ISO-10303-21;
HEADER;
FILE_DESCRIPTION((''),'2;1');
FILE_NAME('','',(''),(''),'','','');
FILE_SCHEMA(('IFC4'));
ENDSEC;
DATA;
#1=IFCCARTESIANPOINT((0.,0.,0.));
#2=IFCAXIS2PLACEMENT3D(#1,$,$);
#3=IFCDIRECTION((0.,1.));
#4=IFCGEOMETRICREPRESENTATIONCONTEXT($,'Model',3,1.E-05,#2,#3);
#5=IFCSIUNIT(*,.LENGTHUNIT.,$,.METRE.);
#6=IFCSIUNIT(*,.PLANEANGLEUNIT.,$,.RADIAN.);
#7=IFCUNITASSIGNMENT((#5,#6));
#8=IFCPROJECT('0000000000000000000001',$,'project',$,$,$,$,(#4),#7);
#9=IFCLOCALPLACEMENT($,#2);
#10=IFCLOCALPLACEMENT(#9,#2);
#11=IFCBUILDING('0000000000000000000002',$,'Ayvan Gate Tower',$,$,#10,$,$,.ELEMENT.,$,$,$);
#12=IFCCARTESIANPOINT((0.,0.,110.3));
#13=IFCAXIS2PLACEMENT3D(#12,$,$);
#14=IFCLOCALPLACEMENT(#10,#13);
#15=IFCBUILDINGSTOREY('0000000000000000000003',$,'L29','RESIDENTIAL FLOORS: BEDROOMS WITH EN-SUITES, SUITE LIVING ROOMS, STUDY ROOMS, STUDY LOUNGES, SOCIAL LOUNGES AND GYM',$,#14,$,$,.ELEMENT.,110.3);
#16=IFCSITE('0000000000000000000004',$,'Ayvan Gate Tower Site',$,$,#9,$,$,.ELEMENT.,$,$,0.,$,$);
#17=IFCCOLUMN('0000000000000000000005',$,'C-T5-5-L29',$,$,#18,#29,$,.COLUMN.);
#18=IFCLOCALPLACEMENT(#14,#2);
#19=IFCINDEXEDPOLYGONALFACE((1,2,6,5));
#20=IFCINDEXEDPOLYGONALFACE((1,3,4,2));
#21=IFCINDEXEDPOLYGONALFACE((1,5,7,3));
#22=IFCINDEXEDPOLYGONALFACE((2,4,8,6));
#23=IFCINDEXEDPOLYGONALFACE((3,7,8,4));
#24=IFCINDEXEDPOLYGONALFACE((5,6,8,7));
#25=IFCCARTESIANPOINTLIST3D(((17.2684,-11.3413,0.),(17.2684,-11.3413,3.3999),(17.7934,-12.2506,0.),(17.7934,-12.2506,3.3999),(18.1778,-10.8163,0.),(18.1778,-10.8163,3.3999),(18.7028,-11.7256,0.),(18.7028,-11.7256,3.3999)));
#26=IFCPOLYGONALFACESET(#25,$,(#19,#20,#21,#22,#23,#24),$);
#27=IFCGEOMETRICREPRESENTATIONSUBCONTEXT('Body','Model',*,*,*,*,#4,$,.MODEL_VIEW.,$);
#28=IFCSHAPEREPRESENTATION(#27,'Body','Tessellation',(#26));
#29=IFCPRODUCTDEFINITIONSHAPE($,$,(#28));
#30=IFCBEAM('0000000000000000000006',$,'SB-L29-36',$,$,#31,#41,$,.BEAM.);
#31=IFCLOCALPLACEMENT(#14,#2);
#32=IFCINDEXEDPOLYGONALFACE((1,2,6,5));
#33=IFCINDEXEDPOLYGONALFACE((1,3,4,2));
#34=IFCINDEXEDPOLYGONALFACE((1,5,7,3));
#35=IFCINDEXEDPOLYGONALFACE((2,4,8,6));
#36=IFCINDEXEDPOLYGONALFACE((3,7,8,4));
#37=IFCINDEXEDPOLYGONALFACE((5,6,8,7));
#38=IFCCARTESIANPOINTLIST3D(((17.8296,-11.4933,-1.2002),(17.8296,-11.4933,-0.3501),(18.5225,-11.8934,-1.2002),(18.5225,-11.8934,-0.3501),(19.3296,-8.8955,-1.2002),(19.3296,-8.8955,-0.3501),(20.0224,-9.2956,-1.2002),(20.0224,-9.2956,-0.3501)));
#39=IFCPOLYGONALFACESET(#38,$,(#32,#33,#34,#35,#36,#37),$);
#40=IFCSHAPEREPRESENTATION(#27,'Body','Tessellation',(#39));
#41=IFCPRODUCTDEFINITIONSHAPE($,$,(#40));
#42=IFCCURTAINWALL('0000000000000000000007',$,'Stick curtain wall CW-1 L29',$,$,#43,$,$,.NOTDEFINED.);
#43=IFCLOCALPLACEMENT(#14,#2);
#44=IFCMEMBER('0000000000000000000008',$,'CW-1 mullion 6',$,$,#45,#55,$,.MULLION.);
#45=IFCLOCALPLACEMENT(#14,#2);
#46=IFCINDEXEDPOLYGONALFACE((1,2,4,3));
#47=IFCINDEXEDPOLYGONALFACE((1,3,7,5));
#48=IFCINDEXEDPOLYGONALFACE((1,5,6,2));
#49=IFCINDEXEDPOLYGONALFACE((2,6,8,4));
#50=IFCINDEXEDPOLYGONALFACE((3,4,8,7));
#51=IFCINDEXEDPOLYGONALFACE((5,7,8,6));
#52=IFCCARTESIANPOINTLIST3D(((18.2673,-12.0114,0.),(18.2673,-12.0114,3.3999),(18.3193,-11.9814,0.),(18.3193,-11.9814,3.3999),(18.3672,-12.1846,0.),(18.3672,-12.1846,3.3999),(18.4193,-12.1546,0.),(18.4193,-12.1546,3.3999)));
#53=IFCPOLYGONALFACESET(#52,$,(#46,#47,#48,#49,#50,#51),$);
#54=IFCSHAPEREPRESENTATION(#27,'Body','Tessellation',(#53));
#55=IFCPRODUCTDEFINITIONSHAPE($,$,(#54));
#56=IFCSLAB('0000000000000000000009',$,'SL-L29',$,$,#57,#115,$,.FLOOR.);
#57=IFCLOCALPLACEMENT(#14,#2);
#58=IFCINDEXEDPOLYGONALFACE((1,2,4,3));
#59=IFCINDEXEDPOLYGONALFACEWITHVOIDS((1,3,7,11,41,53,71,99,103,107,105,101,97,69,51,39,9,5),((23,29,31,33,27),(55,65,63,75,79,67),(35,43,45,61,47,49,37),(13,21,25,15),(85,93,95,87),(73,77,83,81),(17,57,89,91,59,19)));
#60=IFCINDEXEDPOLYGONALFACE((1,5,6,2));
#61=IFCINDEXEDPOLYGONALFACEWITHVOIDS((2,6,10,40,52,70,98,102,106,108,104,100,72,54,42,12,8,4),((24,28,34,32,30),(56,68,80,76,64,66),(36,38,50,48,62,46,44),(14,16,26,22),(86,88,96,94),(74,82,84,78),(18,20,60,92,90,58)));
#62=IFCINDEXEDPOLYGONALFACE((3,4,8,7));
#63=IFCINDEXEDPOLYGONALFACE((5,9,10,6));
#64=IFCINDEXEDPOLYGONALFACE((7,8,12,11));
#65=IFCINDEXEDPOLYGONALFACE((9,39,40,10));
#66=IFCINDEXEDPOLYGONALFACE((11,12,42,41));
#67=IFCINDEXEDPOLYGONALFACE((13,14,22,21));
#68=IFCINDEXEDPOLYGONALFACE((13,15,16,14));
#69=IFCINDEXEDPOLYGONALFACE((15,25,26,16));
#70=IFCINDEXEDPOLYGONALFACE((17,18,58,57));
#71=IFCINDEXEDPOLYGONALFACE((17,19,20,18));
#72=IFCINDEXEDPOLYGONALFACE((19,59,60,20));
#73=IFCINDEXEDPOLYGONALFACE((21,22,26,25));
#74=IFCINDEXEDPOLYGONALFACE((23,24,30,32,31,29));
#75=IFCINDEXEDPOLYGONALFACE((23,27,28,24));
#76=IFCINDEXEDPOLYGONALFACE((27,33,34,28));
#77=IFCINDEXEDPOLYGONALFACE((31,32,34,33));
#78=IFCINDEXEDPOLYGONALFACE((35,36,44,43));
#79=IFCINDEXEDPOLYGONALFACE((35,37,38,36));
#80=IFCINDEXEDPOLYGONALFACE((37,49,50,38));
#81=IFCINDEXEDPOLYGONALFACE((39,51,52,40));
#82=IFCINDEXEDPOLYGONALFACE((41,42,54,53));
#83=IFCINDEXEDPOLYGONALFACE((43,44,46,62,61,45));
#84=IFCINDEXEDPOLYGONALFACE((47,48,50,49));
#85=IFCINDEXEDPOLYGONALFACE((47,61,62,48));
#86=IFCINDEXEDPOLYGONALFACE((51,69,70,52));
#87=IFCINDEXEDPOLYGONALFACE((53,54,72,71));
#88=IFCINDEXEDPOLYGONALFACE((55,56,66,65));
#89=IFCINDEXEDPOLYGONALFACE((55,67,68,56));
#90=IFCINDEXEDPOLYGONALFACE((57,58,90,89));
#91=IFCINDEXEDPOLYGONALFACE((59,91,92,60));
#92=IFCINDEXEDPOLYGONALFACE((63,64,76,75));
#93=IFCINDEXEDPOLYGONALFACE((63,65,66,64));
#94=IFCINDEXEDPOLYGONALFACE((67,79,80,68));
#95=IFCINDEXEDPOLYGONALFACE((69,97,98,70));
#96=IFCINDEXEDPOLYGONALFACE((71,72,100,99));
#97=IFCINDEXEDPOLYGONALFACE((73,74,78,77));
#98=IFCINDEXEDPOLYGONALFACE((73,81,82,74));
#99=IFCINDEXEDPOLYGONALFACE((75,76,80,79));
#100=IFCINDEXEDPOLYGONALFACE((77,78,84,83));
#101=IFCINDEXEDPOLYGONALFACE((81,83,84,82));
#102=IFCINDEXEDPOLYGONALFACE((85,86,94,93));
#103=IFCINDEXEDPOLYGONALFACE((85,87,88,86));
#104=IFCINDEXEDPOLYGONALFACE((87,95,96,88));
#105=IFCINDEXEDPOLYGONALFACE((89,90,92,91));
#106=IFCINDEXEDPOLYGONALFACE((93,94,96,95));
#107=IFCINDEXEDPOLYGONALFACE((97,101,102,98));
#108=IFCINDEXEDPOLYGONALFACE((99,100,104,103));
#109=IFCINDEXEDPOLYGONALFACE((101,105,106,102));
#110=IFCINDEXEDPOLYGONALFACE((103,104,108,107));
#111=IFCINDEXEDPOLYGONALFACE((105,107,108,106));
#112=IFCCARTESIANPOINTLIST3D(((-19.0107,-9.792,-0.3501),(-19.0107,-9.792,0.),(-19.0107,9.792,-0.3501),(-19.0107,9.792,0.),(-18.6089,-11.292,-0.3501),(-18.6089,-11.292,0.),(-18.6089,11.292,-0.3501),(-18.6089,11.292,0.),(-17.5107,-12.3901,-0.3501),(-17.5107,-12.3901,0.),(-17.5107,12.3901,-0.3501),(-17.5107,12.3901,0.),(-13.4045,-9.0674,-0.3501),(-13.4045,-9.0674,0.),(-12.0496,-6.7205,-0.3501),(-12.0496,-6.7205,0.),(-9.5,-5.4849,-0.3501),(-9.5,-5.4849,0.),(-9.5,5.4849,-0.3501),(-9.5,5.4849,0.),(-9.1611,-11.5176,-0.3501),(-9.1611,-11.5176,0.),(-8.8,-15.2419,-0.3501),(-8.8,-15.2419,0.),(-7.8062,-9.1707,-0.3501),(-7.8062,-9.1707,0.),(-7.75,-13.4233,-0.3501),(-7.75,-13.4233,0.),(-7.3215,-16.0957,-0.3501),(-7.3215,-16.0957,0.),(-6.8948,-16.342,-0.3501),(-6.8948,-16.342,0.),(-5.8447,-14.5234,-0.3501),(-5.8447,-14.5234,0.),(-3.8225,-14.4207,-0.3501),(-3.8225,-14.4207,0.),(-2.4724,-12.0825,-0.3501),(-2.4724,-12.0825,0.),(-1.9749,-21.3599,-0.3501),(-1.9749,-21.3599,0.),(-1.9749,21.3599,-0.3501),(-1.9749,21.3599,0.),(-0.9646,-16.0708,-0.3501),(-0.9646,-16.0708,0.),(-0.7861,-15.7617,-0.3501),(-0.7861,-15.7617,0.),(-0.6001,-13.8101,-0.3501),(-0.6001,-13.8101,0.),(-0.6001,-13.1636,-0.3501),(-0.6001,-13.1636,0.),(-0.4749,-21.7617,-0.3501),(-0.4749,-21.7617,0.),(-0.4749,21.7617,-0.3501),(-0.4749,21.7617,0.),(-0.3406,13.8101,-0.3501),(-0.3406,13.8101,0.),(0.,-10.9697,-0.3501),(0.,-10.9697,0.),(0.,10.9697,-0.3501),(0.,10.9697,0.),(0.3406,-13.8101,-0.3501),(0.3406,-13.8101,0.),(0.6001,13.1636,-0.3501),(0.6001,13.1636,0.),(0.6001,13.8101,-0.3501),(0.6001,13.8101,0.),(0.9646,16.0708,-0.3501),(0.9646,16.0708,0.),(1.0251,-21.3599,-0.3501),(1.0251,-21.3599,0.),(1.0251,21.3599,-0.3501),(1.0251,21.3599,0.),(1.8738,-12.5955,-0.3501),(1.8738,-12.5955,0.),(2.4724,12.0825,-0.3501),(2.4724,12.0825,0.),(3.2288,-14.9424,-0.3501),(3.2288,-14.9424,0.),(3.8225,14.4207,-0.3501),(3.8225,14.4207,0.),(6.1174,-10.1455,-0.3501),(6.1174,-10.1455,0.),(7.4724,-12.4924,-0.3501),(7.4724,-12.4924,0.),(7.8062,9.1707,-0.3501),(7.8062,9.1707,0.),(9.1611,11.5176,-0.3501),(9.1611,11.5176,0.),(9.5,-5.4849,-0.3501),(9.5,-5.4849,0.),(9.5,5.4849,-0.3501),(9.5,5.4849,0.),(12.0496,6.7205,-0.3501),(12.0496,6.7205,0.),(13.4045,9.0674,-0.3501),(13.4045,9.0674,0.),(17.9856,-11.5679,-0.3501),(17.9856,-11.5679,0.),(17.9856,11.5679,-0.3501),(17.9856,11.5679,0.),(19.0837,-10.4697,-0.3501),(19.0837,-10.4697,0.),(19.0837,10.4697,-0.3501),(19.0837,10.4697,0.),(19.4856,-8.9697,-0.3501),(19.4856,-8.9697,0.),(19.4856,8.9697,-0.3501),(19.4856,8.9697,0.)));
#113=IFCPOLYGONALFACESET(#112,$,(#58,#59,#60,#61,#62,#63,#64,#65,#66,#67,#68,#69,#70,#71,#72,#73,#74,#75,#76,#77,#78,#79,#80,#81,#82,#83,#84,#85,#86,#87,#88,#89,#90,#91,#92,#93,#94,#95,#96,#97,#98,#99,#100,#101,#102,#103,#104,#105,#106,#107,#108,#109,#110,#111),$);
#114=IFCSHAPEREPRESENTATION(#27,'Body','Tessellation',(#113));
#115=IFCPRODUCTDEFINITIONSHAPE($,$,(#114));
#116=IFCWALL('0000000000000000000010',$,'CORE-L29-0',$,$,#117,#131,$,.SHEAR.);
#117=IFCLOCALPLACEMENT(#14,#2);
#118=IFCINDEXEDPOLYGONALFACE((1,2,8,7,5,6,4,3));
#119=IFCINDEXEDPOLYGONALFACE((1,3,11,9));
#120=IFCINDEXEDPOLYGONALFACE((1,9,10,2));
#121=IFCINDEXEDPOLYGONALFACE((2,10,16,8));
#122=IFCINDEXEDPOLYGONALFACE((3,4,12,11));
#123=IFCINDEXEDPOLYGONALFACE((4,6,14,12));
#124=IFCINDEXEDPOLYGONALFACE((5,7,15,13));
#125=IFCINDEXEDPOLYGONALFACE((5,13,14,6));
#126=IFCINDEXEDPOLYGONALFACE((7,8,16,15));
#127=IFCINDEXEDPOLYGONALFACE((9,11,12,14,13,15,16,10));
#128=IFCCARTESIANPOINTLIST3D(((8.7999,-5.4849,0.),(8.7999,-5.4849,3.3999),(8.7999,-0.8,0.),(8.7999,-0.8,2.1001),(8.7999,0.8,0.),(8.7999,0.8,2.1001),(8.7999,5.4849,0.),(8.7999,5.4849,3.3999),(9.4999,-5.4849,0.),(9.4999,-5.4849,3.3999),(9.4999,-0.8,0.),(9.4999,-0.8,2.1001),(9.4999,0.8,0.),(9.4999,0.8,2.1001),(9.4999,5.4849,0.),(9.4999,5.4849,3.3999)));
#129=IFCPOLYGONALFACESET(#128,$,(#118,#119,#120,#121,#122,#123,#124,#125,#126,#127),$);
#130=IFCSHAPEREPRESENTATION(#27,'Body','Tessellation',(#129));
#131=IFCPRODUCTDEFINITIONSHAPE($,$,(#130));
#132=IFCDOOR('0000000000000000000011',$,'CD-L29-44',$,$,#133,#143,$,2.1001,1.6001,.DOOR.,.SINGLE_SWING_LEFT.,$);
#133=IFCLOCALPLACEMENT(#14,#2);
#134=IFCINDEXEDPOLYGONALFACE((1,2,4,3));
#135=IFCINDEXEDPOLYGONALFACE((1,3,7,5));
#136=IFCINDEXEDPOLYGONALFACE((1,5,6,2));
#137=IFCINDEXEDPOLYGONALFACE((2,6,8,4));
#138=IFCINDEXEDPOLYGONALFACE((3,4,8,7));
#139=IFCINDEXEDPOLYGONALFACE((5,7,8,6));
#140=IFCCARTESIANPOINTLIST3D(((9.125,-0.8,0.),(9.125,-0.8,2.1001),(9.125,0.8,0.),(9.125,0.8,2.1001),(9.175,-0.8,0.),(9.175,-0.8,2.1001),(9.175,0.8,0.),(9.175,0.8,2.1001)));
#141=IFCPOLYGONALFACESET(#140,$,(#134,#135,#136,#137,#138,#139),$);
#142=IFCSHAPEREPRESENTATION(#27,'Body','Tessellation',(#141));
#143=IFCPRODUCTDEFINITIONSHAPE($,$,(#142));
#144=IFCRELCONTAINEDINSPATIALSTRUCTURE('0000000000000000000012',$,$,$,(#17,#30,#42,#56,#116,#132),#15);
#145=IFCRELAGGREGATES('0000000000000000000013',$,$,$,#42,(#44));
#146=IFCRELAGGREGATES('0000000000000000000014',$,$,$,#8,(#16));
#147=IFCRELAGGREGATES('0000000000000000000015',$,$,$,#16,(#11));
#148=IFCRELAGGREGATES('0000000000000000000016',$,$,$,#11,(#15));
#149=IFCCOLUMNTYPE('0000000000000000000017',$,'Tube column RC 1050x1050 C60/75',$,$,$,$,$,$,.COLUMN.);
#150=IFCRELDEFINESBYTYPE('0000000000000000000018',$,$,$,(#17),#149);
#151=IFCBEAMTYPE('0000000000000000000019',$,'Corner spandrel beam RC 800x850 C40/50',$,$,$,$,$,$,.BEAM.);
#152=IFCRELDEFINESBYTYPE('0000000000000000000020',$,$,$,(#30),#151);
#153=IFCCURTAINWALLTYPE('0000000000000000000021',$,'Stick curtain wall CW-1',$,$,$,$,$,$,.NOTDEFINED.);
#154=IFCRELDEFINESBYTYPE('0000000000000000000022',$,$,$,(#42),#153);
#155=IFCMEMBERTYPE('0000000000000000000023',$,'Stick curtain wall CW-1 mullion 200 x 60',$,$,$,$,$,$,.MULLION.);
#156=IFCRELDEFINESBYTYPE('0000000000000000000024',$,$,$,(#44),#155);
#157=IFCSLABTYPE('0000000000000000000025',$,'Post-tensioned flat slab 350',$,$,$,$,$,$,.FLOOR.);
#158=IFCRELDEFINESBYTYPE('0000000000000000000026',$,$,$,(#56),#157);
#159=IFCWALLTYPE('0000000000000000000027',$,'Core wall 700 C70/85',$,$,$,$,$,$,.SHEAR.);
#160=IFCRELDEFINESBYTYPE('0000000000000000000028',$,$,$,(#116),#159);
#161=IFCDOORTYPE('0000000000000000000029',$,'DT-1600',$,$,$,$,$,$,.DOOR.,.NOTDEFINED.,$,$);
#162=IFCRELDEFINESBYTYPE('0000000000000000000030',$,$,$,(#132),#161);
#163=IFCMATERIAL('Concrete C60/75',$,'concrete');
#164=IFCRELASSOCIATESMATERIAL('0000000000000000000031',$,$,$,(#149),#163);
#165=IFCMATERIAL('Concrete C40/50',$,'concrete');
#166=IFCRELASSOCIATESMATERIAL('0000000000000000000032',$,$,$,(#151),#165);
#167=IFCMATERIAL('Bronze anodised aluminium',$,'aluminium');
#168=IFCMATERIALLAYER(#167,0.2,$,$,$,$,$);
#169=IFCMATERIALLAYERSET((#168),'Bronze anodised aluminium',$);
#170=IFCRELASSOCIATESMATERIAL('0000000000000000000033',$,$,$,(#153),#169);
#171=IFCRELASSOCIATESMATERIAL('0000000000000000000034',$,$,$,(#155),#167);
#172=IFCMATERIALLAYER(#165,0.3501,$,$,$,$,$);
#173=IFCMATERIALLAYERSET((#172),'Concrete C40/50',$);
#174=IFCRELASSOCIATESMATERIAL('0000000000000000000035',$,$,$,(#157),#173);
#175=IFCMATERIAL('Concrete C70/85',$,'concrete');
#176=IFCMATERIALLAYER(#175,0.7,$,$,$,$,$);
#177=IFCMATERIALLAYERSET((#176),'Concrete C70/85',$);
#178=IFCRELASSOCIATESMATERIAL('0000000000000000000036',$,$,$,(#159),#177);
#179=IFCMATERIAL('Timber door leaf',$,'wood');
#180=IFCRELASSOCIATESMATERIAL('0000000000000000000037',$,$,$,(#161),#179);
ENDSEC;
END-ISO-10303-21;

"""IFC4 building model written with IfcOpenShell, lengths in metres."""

from ifc_helpers import new_model, si_unit, direction, frame, frame_2d, origin, origin_2d, place, context, subcontext, project, spatial, polyline, rectangle, outline, extrude, material, layer, layer_set, material_profile, profile_set, type_object, element, fill, aggregate, save


model = new_model("IFC4")

# Units and contexts
model_context = context("Model", 3, precision=1e-05, world=origin(), true_north=direction((0.0, 1.0)))
body_context = subcontext(model_context, "Body", "Model", "MODEL_VIEW")
ifc_project = project(units=[si_unit("LENGTHUNIT", "METRE"), si_unit("PLANEANGLEUNIT", "RADIAN")], contexts=[model_context])

# Site, building, storey
site_placement = place(None, origin())
site = spatial("IfcSite", under=ifc_project, at=site_placement, Name="Ayvan Gate Tower Site", CompositionType="ELEMENT", RefElevation=0.0)
building_placement = place(site_placement, origin())
building = spatial("IfcBuilding", under=site, at=building_placement, Name="Ayvan Gate Tower", CompositionType="ELEMENT")
storey_placement = place(building_placement, frame((0.0, 0.0, 110.3)))
storey = spatial("IfcBuildingStorey", under=building, at=storey_placement, Name="L29", Description="RESIDENTIAL FLOORS: BEDROOMS WITH EN-SUITES, SUITE LIVING ROOMS, STUDY ROOMS, STUDY LOUNGES, SOCIAL LOUNGES AND GYM", CompositionType="ELEMENT", Elevation=110.3)

# Column
ifc_material_1 = material(Name="Concrete C60/75", Category="concrete")
ifc_material_profile_1 = material_profile(ifc_material_1, rectangle(XDim=1.05, YDim=1.05, at=origin_2d()), Name="RC 1050x1050")
ifc_profile_set_1 = profile_set([ifc_material_profile_1], Name="Concrete C60/75")
column_type = type_object("IfcColumnType", Name="Tube column RC 1050x1050 C60/75", PredefinedType="COLUMN", material=ifc_profile_set_1)
column_placement = place(storey_placement, frame((17.9856, -11.5334, 0.0), z_axis=(0.0, 0.0, 1.0), x_axis=(0.5, -0.866025, 0.0)))
element("IfcColumn", 1, at=column_placement, inside=storey, type_object=column_type, Name="C-T5-5-L29", PredefinedType="COLUMN", context=body_context, shape_type="SweptSolid", body=[
    extrude(rectangle(XDim=1.05, YDim=1.05, at=origin_2d()), origin(), (0.0, 0.0, 1.0), 3.3999),
])

# Beam
ifc_material_2 = material(Name="Concrete C40/50", Category="concrete")
ifc_material_profile_2 = material_profile(ifc_material_2, rectangle(XDim=0.8, YDim=0.8501, at=origin_2d()), Name="RC 800x850")
ifc_profile_set_2 = profile_set([ifc_material_profile_2], Name="Concrete C40/50")
beam_type = type_object("IfcBeamType", Name="Corner spandrel beam RC 800x850 C40/50", PredefinedType="BEAM", material=ifc_profile_set_2)
beam_placement = place(storey_placement, frame((18.176, -11.6934, -0.7751), z_axis=(0.500025, 0.866011, 0.0), x_axis=(-0.866011, 0.500025, 0.0)))
element("IfcBeam", 2, at=beam_placement, inside=storey, type_object=beam_type, Name="SB-L29-36", PredefinedType="BEAM", context=body_context, shape_type="SweptSolid", body=[
    extrude(rectangle(XDim=0.8, YDim=0.8501, at=origin_2d()), origin(), (0.0, 0.0, 1.0), 2.9998),
])

# Curtain wall, member
ifc_material_3 = material(Name="Bronze anodised aluminium", Category="aluminium")
ifc_layer_1 = layer(ifc_material_3, 0.2)
ifc_layer_set_1 = layer_set([ifc_layer_1], Name="Bronze anodised aluminium")
curtain_wall_type = type_object("IfcCurtainWallType", Name="Stick curtain wall CW-1", PredefinedType="NOTDEFINED", material=ifc_layer_set_1)
curtain_wall_placement = place(storey_placement, origin())
curtain_wall = element("IfcCurtainWall", 3, at=curtain_wall_placement, inside=storey, type_object=curtain_wall_type, Name="Stick curtain wall CW-1 L29", PredefinedType="NOTDEFINED")
ifc_material_profile_3 = material_profile(ifc_material_3, rectangle(XDim=0.2, YDim=0.0601, at=origin_2d()), Name="Stick curtain wall CW-1 mullion 200 x 60")
ifc_profile_set_3 = profile_set([ifc_material_profile_3], Name="Bronze anodised aluminium")
member_type = type_object("IfcMemberType", Name="Stick curtain wall CW-1 mullion 200 x 60", PredefinedType="MULLION", material=ifc_profile_set_3)
member_placement = place(storey_placement, frame((18.3433, -12.083, 0.0), z_axis=(0.0, 0.0, 1.0), x_axis=(0.5, -0.866025, 0.0)))
member = element("IfcMember", 4, at=member_placement, type_object=member_type, Name="CW-1 mullion 6", PredefinedType="MULLION", context=body_context, shape_type="SweptSolid", body=[
    extrude(rectangle(XDim=0.2, YDim=0.0601, at=origin_2d()), origin(), (0.0, 0.0, 1.0), 3.3999),
])
aggregate(curtain_wall, [member])

# Slab
ifc_layer_2 = layer(ifc_material_2, 0.3501)
ifc_layer_set_2 = layer_set([ifc_layer_2], Name="Concrete C40/50")
slab_type = type_object("IfcSlabType", Name="Post-tensioned flat slab 350", PredefinedType="FLOOR", material=ifc_layer_set_2)
slab_placement = place(storey_placement, frame((0.0, 0.0, -0.3501)))
element("IfcSlab", 5, at=slab_placement, inside=storey, type_object=slab_type, Name="SL-L29", PredefinedType="FLOOR", context=body_context, shape_type="SweptSolid", body=[
    extrude(outline(polyline([(-0.4749, -21.7617), (-1.9749, -21.3599), (-17.5107, -12.3901), (-18.6089, -11.292), (-19.0107, -9.792), (-19.0107, 9.792), (-18.6089, 11.292), (-17.5107, 12.3901), (-1.9749, 21.3599), (-0.4749, 21.7617), (1.0251, 21.3599), (17.9856, 11.5679), (19.0837, 10.4697), (19.4856, 8.9697), (19.4856, -8.9697), (19.0837, -10.4697), (17.9856, -11.5679), (1.0251, -21.3599), (-0.4749, -21.7617)]), holes=[polyline([(13.4045, 9.0674), (9.1611, 11.5176), (7.8062, 9.1707), (12.0496, 6.7205), (13.4045, 9.0674)]), polyline([(0.0, 10.9697), (-9.5, 5.4849), (-9.5, -5.4849), (0.0, -10.9697), (9.5, -5.4849), (9.5, 5.4849), (0.0, 10.9697)]), polyline([(3.2288, -14.9424), (7.4724, -12.4924), (6.1174, -10.1455), (1.8738, -12.5955), (3.2288, -14.9424)]), polyline([(2.4724, 12.0825), (3.8225, 14.4207), (0.9646, 16.0708), (-0.3406, 13.8101), (0.6001, 13.8101), (0.6001, 13.1636), (2.4724, 12.0825)]), polyline([(0.3406, -13.8101), (-0.6001, -13.8101), (-0.6001, -13.1636), (-2.4724, -12.0825), (-3.8225, -14.4207), (-0.9646, -16.0708), (-0.7861, -15.7617), (0.3406, -13.8101)]), polyline([(-7.3215, -16.0957), (-6.8948, -16.342), (-5.8447, -14.5234), (-7.75, -13.4233), (-8.8, -15.2419), (-7.3215, -16.0957)]), polyline([(-7.8062, -9.1707), (-12.0496, -6.7205), (-13.4045, -9.0674), (-9.1611, -11.5176), (-7.8062, -9.1707)])]), origin(), (0.0, 0.0, 1.0), 0.3501),
])

# Wall, opening, door
ifc_material_4 = material(Name="Concrete C70/85", Category="concrete")
ifc_layer_3 = layer(ifc_material_4, 0.7)
ifc_layer_set_3 = layer_set([ifc_layer_3], Name="Concrete C70/85")
wall_type_1 = type_object("IfcWallType", Name="Core wall 700 C70/85", PredefinedType="SHEAR", material=ifc_layer_set_3)
wall_1_placement = place(storey_placement, frame((9.1499, -5.4849, 0.0), z_axis=(0.0, 0.0, 1.0), x_axis=(0.0, 1.0, 0.0)))
wall_1 = element("IfcWall", 6, at=wall_1_placement, inside=storey, type_object=wall_type_1, Name="CORE-L29-0", PredefinedType="SHEAR", context=body_context, shape_type="SweptSolid", body=[
    extrude(rectangle(XDim=10.9697, YDim=0.7, at=frame_2d((5.4849, 0.0))), origin(), (0.0, 0.0, 1.0), 3.3999),
])
opening_1_placement = place(wall_1_placement, frame((4.6848, 0.0, 0.0)))
opening_1 = element("IfcOpeningElement", 7, at=opening_1_placement, cuts=wall_1, PredefinedType="OPENING", context=body_context, shape_type="SweptSolid", body=[
    extrude(rectangle(XDim=1.6001, YDim=2.1001, at=frame_2d((0.8, 1.05))), frame((0.0, 0.3599, 0.0), z_axis=(0.0, -1.0, 0.0), x_axis=(1.0, 0.0, 0.0)), (0.0, 0.0, 1.0), 0.72),
])
ifc_material_5 = material(Name="Timber door leaf", Category="wood")
door_type_1 = type_object("IfcDoorType", Name="DT-1600", OperationType="NOTDEFINED", PredefinedType="DOOR", material=ifc_material_5)
door_1_placement = place(opening_1_placement, origin())
door_1 = element("IfcDoor", 8, at=door_1_placement, inside=storey, type_object=door_type_1, Name="CD-L29-44", OperationType="SINGLE_SWING_LEFT", OverallHeight=2.1001, OverallWidth=1.6001, PredefinedType="DOOR", context=body_context, shape_type="SweptSolid", body=[
    extrude(rectangle(XDim=1.6001, YDim=2.1001, at=frame_2d((0.8, 1.05))), frame((0.0, 0.0249, 0.0), z_axis=(0.0, -1.0, 0.0), x_axis=(1.0, 0.0, 0.0)), (0.0, 0.0, 1.0), 0.05),
])
fill(opening_1, door_1)

save(model, "model.ifc")
